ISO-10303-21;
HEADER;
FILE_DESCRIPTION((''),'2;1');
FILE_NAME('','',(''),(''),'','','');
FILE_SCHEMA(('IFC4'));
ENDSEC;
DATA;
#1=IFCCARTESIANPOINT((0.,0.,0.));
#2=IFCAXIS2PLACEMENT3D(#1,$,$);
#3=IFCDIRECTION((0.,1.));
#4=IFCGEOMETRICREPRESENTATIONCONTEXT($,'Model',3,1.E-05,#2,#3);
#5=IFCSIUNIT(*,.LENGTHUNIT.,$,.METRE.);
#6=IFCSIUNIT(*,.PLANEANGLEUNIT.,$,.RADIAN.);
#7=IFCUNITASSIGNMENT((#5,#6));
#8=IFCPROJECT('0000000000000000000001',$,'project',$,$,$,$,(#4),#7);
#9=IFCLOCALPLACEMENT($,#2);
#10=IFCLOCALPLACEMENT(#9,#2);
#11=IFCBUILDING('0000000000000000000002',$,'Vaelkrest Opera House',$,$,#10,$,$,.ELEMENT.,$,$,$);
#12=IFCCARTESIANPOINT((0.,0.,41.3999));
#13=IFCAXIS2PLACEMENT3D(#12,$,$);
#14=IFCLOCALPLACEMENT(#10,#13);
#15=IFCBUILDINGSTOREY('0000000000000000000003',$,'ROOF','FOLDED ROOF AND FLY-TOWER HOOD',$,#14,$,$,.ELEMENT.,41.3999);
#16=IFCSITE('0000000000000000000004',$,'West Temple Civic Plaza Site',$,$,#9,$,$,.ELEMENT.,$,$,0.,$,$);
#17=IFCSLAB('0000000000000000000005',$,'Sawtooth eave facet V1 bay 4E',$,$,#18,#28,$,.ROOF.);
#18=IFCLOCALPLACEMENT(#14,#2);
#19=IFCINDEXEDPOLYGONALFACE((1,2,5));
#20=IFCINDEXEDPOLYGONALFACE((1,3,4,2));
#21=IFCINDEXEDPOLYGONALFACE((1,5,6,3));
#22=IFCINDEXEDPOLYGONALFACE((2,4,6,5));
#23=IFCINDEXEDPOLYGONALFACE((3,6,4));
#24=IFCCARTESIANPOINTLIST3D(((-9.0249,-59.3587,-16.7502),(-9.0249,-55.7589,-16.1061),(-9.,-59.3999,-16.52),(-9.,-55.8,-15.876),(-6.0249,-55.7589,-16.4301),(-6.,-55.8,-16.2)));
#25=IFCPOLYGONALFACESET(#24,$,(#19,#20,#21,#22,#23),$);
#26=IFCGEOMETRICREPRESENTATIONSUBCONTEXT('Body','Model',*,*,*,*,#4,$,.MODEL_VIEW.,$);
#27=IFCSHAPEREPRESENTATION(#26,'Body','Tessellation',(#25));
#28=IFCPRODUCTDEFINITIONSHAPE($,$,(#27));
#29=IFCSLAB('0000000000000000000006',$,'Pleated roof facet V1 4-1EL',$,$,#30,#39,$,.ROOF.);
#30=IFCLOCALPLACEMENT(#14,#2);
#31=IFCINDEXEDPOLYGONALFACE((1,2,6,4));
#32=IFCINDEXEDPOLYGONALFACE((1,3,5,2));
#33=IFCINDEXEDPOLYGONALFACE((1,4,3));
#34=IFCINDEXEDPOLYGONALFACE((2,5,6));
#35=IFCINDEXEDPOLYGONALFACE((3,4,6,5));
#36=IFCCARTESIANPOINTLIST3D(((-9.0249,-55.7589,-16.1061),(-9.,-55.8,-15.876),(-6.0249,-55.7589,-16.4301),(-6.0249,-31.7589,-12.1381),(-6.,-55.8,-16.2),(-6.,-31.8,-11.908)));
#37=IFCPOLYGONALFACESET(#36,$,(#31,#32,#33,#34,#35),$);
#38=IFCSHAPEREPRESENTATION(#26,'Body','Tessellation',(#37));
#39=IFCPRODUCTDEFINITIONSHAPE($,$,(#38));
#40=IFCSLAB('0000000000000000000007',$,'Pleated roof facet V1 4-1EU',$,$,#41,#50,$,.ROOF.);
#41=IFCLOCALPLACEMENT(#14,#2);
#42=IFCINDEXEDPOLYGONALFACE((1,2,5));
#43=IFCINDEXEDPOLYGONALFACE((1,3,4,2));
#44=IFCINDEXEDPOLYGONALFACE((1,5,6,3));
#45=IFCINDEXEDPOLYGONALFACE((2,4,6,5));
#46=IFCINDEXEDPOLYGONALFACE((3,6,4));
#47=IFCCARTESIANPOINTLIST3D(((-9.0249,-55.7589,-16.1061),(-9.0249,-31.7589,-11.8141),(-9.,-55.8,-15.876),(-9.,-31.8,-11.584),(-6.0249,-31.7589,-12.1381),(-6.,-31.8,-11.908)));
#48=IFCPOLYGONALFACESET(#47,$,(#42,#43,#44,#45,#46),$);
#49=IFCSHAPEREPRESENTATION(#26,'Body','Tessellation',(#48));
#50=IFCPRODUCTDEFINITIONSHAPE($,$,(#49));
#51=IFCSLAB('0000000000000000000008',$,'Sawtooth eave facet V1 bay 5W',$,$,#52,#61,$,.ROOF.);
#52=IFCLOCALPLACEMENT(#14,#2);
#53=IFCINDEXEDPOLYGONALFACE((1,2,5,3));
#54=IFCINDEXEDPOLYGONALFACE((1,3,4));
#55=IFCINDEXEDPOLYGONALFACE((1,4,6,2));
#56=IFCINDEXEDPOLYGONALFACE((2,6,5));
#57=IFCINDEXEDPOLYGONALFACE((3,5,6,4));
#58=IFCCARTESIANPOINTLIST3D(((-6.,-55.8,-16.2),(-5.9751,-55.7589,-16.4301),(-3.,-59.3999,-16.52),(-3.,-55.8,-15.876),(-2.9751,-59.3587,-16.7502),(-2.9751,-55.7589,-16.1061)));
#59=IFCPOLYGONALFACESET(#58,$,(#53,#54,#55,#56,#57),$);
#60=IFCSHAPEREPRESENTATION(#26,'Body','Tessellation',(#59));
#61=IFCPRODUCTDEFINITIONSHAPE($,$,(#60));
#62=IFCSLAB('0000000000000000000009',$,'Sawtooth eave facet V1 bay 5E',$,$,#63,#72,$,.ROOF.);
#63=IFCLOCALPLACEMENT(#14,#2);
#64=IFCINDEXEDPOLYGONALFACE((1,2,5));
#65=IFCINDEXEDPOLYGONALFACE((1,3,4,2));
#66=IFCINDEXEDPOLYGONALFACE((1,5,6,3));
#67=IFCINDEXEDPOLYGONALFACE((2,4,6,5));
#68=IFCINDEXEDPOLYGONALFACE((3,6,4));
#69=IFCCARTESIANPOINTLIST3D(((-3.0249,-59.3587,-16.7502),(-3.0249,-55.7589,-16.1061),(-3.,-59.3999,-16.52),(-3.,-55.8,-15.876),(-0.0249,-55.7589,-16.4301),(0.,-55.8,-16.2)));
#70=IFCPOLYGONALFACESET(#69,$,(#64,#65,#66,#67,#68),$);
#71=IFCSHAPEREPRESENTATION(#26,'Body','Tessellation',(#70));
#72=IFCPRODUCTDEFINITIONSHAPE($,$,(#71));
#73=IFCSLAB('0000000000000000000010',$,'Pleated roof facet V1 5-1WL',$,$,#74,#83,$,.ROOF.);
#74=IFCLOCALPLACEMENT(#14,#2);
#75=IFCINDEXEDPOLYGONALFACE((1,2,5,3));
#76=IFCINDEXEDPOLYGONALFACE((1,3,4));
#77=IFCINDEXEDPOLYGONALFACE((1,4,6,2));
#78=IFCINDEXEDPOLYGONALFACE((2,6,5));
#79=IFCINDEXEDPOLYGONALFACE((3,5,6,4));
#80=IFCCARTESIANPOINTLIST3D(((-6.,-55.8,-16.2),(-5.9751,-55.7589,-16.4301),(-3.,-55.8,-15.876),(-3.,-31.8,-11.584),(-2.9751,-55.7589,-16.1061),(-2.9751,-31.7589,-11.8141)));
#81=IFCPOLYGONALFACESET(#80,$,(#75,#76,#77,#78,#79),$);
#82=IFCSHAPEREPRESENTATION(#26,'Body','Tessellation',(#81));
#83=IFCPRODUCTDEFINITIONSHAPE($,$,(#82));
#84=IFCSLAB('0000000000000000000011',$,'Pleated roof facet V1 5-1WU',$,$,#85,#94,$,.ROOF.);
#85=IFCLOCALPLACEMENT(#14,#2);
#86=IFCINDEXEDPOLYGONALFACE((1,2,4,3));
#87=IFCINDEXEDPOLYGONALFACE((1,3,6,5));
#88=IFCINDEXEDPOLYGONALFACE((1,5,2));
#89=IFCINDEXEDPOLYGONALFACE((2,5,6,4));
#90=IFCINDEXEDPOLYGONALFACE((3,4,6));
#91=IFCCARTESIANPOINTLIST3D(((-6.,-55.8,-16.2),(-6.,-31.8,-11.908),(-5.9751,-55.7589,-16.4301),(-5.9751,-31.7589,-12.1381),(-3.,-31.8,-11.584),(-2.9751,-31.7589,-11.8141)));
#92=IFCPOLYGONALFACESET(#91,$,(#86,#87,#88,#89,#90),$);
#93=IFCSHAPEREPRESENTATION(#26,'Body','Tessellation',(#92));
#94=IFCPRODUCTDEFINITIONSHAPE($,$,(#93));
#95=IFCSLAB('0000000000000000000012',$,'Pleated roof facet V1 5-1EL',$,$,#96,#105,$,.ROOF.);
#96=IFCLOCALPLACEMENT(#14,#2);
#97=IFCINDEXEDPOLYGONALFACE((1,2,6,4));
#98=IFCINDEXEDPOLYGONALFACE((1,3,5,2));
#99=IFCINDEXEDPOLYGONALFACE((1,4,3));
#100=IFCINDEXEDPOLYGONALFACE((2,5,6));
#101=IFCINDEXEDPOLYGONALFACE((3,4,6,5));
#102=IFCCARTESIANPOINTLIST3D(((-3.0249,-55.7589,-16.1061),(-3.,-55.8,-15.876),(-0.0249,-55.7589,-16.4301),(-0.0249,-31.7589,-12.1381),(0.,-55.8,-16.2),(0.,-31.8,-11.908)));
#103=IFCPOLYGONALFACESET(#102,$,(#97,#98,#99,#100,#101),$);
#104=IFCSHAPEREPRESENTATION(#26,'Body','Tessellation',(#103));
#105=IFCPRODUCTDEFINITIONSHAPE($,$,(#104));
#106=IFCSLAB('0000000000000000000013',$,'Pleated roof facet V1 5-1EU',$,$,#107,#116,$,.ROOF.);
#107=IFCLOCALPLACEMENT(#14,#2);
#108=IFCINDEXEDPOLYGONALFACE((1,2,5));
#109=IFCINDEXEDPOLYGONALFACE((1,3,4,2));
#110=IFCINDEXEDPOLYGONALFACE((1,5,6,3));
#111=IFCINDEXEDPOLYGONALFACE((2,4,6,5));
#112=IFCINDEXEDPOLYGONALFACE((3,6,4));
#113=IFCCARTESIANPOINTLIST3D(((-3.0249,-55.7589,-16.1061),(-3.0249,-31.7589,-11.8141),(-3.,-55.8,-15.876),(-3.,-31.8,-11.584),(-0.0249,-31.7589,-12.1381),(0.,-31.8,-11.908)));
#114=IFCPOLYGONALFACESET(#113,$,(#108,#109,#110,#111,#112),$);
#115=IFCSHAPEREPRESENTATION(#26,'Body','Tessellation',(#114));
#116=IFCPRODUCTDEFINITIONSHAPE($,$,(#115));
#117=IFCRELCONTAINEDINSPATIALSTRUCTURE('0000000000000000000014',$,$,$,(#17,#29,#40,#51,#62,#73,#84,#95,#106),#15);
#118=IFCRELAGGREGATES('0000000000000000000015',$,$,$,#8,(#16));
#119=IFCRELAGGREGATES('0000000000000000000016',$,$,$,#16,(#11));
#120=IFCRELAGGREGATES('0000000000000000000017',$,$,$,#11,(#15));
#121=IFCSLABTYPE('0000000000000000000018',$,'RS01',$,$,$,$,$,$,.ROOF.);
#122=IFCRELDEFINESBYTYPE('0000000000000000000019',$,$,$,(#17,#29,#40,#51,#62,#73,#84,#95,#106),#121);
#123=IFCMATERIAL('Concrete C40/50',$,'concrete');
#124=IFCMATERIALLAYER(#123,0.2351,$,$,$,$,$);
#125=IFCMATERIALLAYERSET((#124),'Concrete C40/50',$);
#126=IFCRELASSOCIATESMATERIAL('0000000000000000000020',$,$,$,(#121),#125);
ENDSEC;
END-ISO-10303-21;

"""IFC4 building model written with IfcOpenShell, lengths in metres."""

from ifc_helpers import new_model, si_unit, direction, frame, origin, place, context, subcontext, project, spatial, polyline, outline, extrude, material, layer, layer_set, type_object, element, save


model = new_model("IFC4")

# Units and contexts
model_context = context("Model", 3, precision=1e-05, world=origin(), true_north=direction((0.0, 1.0)))
body_context = subcontext(model_context, "Body", "Model", "MODEL_VIEW")
ifc_project = project(units=[si_unit("LENGTHUNIT", "METRE"), si_unit("PLANEANGLEUNIT", "RADIAN")], contexts=[model_context])

# Site, building, storey
site_placement = place(None, origin())
site = spatial("IfcSite", under=ifc_project, at=site_placement, Name="West Temple Civic Plaza Site", CompositionType="ELEMENT", RefElevation=0.0)
building_placement = place(site_placement, origin())
building = spatial("IfcBuilding", under=site, at=building_placement, Name="Vaelkrest Opera House", CompositionType="ELEMENT")
storey_placement = place(building_placement, frame((0.0, 0.0, 41.3999)))
storey = spatial("IfcBuildingStorey", under=building, at=storey_placement, Name="ROOF", Description="FOLDED ROOF AND FLY-TOWER HOOD", CompositionType="ELEMENT", Elevation=41.3999)

# Slabs
ifc_material_1 = material(Name="Concrete C40/50", Category="concrete")
ifc_layer_1 = layer(ifc_material_1, 0.2351)
ifc_layer_set_1 = layer_set([ifc_layer_1], Name="Concrete C40/50")
slab_type = type_object("IfcSlabType", Name="RS01", PredefinedType="ROOF", material=ifc_layer_set_1)
slab_1_placement = place(storey_placement, frame((-9.0, -55.8, -15.876), z_axis=(0.105708, -0.175125, 0.978855), x_axis=(0.0, -0.98437, -0.176112)))
element("IfcSlab", 1, at=slab_1_placement, inside=storey, type_object=slab_type, Name="Sawtooth eave facet V1 bay 4E", PredefinedType="ROOF", context=body_context, shape_type="SweptSolid", body=[
    extrude(outline(polyline([(0.0, 0.0), (3.657, 0.0), (0.0571, 3.0169), (0.0, 0.0)])), origin(), (0.0, 0.0, -1.0), 0.2351),
])
slab_2_placement = place(storey_placement, frame((-9.0, -55.8, -15.876), z_axis=(0.105709, -0.175054, 0.978868), x_axis=(0.994219, 0.0, -0.107367)))
element("IfcSlab", 2, at=slab_2_placement, inside=storey, type_object=slab_type, Name="Pleated roof facet V1 4-1EL", PredefinedType="ROOF", context=body_context, shape_type="SweptSolid", body=[
    extrude(outline(polyline([(0.0, 0.0), (3.0174, 0.0), (2.5566, 24.3764), (0.0, 0.0)])), origin(), (0.0, 0.0, -1.0), 0.2351),
])
slab_3_placement = place(storey_placement, frame((-9.0, -55.8, -15.876), z_axis=(0.105709, -0.175054, 0.978868), x_axis=(0.122399, 0.979188, 0.161893)))
element("IfcSlab", 3, at=slab_3_placement, inside=storey, type_object=slab_type, Name="Pleated roof facet V1 4-1EU", PredefinedType="ROOF", context=body_context, shape_type="SweptSolid", body=[
    extrude(outline(polyline([(0.0, 0.0), (24.5101, 0.0), (24.1954, 3.001), (0.0, 0.0)])), origin(), (0.0, 0.0, -1.0), 0.2351),
])
slab_4_placement = place(storey_placement, frame((-6.0, -55.8, -16.2), z_axis=(-0.105708, -0.175125, 0.978855), x_axis=(0.638712, -0.766423, -0.068144)))
element("IfcSlab", 4, at=slab_4_placement, inside=storey, type_object=slab_type, Name="Sawtooth eave facet V1 bay 5W", PredefinedType="ROOF", context=body_context, shape_type="SweptSolid", body=[
    extrude(outline(polyline([(0.0, 0.0), (4.697, 0.0), (1.8941, 2.3489), (0.0, 0.0)])), origin(), (0.0, 0.0, -1.0), 0.2351),
])
slab_5_placement = place(storey_placement, frame((-3.0, -55.8, -15.876), z_axis=(0.105708, -0.175125, 0.978855), x_axis=(0.0, -0.98437, -0.176112)))
element("IfcSlab", 5, at=slab_5_placement, inside=storey, type_object=slab_type, Name="Sawtooth eave facet V1 bay 5E", PredefinedType="ROOF", context=body_context, shape_type="SweptSolid", body=[
    extrude(outline(polyline([(0.0, 0.0), (3.657, 0.0), (0.0571, 3.0169), (0.0, 0.0)])), origin(), (0.0, 0.0, -1.0), 0.2351),
])
slab_6_placement = place(storey_placement, frame((-6.0, -55.8, -16.2), z_axis=(-0.105709, -0.175054, 0.978868), x_axis=(0.994219, 0.0, 0.107367)))
element("IfcSlab", 6, at=slab_6_placement, inside=storey, type_object=slab_type, Name="Pleated roof facet V1 5-1WL", PredefinedType="ROOF", context=body_context, shape_type="SweptSolid", body=[
    extrude(outline(polyline([(0.0, 0.0), (3.0174, 0.0), (3.4783, 24.3764), (0.0, 0.0)])), origin(), (0.0, 0.0, -1.0), 0.2351),
])
slab_7_placement = place(storey_placement, frame((-6.0, -55.8, -16.2), z_axis=(-0.105709, -0.175054, 0.978868), x_axis=(0.121836, 0.974686, 0.187463)))
element("IfcSlab", 7, at=slab_7_placement, inside=storey, type_object=slab_type, Name="Pleated roof facet V1 5-1WU", PredefinedType="ROOF", context=body_context, shape_type="SweptSolid", body=[
    extrude(outline(polyline([(0.0, 0.0), (24.6233, 0.0), (24.1971, 2.9872), (0.0, 0.0)])), origin(), (0.0, 0.0, -1.0), 0.2351),
])
slab_8_placement = place(storey_placement, frame((-3.0, -55.8, -15.876), z_axis=(0.105709, -0.175054, 0.978868), x_axis=(0.994219, 0.0, -0.107367)))
element("IfcSlab", 8, at=slab_8_placement, inside=storey, type_object=slab_type, Name="Pleated roof facet V1 5-1EL", PredefinedType="ROOF", context=body_context, shape_type="SweptSolid", body=[
    extrude(outline(polyline([(0.0, 0.0), (3.0174, 0.0), (2.5566, 24.3764), (0.0, 0.0)])), origin(), (0.0, 0.0, -1.0), 0.2351),
])
slab_9_placement = place(storey_placement, frame((-3.0, -55.8, -15.876), z_axis=(0.105709, -0.175054, 0.978868), x_axis=(0.122399, 0.979188, 0.161893)))
element("IfcSlab", 9, at=slab_9_placement, inside=storey, type_object=slab_type, Name="Pleated roof facet V1 5-1EU", PredefinedType="ROOF", context=body_context, shape_type="SweptSolid", body=[
    extrude(outline(polyline([(0.0, 0.0), (24.5101, 0.0), (24.1954, 3.001), (0.0, 0.0)])), origin(), (0.0, 0.0, -1.0), 0.2351),
])

save(model, "model.ifc")
